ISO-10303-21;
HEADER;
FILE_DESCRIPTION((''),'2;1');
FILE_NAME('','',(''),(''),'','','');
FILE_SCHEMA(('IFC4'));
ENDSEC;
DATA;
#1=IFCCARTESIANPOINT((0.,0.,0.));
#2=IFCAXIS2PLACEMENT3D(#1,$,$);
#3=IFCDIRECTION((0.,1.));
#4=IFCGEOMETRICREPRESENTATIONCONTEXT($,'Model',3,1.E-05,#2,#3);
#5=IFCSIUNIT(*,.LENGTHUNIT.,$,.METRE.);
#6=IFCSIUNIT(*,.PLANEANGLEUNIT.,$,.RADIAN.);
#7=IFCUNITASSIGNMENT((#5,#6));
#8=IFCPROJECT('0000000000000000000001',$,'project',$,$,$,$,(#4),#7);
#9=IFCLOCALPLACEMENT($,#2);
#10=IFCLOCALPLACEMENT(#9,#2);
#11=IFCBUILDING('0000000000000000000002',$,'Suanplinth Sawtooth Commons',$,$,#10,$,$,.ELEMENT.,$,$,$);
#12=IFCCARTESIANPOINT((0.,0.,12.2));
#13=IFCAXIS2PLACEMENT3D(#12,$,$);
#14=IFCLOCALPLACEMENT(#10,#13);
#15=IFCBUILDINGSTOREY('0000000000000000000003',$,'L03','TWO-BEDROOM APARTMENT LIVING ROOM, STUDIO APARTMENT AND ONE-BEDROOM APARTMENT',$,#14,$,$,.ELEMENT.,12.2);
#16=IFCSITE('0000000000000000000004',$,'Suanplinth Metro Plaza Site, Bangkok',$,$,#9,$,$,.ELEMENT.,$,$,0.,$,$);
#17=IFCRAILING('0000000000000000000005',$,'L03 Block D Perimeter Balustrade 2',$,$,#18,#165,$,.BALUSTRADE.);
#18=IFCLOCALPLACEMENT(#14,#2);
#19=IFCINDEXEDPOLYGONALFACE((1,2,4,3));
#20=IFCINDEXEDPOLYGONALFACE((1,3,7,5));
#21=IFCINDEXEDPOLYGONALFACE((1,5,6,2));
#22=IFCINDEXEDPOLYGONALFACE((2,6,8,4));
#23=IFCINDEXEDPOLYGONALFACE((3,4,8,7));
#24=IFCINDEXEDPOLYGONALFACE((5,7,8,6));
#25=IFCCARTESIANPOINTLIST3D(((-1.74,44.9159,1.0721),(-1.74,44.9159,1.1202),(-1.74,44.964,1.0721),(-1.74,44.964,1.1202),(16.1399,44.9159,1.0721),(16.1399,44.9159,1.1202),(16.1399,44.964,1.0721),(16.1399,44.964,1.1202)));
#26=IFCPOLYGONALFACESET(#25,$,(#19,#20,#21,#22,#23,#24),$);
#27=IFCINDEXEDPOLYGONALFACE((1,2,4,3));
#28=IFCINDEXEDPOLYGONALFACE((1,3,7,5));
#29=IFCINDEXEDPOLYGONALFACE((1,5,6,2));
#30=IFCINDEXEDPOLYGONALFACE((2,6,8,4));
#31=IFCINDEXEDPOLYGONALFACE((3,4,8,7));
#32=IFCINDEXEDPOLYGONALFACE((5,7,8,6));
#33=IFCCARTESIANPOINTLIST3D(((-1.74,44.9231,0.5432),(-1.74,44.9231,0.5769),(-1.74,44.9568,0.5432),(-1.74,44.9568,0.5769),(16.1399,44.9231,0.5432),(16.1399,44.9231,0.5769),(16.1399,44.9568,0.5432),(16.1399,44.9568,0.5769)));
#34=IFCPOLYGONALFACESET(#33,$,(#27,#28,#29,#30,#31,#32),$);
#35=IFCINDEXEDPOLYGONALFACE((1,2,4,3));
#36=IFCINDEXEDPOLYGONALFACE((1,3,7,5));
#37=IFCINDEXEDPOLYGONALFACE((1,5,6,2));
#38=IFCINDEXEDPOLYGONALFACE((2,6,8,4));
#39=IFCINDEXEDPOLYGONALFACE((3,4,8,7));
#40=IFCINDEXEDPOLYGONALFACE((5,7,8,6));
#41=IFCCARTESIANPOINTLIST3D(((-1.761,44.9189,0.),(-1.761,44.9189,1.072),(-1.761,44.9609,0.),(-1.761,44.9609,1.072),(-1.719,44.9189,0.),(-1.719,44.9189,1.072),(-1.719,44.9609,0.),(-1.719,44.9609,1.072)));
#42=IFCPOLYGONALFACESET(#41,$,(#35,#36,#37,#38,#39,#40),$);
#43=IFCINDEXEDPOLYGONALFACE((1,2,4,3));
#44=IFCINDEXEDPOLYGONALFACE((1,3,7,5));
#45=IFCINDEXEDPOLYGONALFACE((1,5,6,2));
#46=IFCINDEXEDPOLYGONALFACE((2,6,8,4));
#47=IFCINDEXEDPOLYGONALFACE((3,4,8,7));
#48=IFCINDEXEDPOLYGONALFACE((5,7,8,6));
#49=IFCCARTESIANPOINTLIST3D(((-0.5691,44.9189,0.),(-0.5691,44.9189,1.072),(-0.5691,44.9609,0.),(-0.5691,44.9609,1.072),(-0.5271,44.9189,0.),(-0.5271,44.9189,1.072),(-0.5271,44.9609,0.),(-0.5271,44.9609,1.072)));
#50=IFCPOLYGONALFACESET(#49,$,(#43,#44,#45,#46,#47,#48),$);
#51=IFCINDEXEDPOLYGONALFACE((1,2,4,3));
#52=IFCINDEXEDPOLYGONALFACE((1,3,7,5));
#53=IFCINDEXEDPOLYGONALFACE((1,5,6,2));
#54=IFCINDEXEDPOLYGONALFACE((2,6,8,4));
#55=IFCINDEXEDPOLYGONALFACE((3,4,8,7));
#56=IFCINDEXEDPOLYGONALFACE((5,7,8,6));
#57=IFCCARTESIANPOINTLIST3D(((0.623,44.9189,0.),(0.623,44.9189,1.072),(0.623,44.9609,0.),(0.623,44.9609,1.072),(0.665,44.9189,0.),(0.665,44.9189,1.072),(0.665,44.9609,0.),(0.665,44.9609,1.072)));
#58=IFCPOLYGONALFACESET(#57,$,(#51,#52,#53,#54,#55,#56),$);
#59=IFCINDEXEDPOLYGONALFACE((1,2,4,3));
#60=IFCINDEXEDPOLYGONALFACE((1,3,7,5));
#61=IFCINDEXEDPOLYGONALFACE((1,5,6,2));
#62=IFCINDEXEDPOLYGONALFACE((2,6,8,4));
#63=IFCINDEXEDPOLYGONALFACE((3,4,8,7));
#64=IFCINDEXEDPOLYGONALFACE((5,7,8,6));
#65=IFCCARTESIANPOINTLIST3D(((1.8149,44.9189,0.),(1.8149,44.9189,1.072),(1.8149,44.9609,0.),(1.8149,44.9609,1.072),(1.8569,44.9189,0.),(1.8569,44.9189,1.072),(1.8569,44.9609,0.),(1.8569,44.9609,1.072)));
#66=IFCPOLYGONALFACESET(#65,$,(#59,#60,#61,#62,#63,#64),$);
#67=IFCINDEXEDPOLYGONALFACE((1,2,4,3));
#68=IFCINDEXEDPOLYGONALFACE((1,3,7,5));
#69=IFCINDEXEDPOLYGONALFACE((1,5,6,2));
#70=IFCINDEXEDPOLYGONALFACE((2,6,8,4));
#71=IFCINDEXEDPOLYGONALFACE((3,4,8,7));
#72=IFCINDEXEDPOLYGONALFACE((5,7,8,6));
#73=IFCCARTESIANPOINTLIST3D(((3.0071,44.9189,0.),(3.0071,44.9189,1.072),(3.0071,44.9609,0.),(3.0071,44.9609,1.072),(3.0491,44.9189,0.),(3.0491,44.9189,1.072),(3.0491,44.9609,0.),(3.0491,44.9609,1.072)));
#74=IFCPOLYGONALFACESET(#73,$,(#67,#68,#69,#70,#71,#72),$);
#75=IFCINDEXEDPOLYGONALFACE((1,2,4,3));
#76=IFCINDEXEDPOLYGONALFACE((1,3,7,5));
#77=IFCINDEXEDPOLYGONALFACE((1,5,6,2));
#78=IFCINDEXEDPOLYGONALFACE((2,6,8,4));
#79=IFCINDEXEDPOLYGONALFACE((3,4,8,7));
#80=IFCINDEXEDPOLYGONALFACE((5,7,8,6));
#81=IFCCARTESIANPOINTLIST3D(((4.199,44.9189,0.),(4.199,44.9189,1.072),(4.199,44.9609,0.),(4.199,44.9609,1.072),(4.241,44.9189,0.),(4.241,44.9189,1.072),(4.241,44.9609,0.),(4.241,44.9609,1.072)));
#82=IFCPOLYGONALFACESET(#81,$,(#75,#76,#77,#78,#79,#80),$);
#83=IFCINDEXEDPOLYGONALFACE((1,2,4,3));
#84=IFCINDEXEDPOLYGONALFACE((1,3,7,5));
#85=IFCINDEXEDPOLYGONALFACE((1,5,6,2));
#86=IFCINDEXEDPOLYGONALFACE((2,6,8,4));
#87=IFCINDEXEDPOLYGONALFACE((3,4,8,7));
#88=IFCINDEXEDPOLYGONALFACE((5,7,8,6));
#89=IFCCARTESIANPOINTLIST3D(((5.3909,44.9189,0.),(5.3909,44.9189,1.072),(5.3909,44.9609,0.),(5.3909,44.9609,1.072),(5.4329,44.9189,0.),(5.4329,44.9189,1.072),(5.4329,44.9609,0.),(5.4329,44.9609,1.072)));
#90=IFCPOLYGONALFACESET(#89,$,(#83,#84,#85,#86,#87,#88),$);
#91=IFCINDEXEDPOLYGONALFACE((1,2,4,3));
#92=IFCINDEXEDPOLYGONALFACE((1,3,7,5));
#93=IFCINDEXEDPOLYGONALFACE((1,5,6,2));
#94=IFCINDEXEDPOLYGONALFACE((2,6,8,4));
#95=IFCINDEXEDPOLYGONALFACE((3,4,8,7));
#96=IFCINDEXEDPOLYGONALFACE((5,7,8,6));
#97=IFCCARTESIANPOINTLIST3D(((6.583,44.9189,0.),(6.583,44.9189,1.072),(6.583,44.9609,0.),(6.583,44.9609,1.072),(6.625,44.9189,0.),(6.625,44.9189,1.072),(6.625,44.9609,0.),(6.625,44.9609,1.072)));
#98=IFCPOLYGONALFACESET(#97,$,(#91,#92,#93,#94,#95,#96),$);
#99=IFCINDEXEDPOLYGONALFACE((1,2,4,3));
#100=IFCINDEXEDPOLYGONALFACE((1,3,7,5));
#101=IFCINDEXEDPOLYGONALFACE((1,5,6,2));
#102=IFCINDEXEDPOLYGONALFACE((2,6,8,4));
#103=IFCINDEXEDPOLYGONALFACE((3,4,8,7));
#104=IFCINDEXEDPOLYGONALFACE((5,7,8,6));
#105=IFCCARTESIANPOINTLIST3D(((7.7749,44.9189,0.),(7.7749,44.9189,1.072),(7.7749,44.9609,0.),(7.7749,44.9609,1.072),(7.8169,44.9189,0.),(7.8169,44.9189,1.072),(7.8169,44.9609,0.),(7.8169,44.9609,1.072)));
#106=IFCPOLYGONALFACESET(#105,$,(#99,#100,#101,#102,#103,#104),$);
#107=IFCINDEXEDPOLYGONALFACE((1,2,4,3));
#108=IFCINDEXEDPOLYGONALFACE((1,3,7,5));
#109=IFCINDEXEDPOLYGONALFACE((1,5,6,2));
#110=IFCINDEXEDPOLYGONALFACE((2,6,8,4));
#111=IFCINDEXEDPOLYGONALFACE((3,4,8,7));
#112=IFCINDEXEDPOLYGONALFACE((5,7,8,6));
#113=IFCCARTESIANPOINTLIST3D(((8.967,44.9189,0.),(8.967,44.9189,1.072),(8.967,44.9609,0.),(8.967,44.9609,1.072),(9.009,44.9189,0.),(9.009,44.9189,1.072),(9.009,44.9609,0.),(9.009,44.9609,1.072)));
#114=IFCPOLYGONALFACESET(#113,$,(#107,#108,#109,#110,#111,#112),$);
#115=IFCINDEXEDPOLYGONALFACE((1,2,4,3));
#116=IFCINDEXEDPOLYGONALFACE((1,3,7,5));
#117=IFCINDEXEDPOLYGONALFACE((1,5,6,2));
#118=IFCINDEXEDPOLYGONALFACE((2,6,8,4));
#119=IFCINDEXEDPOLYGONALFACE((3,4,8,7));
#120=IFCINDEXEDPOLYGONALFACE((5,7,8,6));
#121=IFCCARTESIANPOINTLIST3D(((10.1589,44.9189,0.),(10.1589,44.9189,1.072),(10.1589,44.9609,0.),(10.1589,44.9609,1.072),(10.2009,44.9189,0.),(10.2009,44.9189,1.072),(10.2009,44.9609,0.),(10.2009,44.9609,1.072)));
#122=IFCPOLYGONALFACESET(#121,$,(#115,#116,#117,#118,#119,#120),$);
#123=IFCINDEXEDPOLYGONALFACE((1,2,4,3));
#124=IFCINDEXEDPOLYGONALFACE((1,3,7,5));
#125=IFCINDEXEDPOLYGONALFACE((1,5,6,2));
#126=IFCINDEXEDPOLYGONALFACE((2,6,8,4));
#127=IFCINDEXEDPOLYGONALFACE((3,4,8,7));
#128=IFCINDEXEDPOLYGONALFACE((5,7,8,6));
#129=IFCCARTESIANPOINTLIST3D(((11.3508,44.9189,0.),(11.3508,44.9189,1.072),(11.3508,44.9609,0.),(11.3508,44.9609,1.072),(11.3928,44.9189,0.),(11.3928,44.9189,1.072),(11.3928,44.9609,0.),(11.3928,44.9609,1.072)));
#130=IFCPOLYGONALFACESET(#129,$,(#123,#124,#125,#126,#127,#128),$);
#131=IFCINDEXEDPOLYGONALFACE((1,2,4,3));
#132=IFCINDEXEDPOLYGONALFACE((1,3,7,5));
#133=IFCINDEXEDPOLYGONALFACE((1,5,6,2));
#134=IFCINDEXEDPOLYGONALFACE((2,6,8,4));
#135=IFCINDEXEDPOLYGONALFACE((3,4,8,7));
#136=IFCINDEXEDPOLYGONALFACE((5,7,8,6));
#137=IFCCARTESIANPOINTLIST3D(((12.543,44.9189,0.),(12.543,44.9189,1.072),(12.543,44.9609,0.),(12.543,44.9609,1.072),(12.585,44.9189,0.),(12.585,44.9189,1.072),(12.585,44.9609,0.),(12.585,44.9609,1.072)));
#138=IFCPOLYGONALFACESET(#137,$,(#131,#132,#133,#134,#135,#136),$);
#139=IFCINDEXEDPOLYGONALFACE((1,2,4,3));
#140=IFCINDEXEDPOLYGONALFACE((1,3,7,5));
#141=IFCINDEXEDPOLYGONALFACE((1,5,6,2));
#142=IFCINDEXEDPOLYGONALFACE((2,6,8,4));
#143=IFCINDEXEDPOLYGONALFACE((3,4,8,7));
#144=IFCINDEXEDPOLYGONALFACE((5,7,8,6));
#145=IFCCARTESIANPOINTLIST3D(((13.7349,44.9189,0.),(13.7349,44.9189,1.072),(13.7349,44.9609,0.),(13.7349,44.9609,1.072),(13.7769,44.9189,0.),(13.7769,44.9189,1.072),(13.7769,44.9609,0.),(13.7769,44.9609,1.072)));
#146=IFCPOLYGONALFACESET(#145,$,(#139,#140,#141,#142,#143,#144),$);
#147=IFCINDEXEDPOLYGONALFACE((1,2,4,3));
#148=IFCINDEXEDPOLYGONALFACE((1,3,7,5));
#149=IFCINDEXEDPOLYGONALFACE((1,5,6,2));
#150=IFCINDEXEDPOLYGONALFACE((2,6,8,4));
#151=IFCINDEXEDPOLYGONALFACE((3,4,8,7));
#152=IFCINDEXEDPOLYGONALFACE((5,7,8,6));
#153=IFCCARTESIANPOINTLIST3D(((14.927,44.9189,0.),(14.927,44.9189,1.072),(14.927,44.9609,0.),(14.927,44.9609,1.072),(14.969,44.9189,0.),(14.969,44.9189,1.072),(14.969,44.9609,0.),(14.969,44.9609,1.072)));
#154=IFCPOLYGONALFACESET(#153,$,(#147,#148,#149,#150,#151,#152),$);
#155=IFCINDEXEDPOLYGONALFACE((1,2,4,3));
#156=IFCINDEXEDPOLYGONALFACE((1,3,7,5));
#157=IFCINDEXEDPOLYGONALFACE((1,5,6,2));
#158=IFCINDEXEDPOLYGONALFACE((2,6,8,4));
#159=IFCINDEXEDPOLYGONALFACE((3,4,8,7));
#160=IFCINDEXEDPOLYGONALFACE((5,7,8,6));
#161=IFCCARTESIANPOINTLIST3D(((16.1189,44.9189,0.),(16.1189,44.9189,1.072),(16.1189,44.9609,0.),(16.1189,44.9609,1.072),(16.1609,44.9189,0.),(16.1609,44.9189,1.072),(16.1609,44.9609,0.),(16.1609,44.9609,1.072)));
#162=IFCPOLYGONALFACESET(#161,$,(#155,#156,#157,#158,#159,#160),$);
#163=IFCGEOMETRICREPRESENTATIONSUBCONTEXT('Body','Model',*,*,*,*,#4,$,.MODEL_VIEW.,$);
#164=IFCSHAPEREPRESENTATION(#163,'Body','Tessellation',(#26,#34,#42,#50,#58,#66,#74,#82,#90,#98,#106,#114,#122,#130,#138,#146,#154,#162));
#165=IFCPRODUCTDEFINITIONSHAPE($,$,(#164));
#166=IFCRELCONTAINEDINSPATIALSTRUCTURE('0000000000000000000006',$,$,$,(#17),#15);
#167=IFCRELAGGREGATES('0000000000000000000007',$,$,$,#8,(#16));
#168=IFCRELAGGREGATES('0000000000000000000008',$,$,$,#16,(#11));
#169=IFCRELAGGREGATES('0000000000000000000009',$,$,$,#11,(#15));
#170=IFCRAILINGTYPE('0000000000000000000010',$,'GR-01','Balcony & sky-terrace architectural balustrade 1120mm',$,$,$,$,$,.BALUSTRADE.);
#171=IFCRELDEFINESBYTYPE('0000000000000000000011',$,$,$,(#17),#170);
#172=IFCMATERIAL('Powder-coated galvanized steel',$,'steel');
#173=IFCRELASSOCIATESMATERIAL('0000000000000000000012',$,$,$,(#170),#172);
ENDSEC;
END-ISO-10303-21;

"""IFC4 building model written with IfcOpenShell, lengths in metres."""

from ifc_helpers import new_model, si_unit, direction, frame, origin, origin_2d, place, context, subcontext, project, spatial, rectangle, extrude, material, type_object, element, save


model = new_model("IFC4")

# Units and contexts
model_context = context("Model", 3, precision=1e-05, world=origin(), true_north=direction((0.0, 1.0)))
body_context = subcontext(model_context, "Body", "Model", "MODEL_VIEW")
ifc_project = project(units=[si_unit("LENGTHUNIT", "METRE"), si_unit("PLANEANGLEUNIT", "RADIAN")], contexts=[model_context])

# Site, building, storey
site_placement = place(None, origin())
site = spatial("IfcSite", under=ifc_project, at=site_placement, Name="Suanplinth Metro Plaza Site, Bangkok", CompositionType="ELEMENT", RefElevation=0.0)
building_placement = place(site_placement, origin())
building = spatial("IfcBuilding", under=site, at=building_placement, Name="Suanplinth Sawtooth Commons", CompositionType="ELEMENT")
storey_placement = place(building_placement, frame((0.0, 0.0, 12.2)))
storey = spatial("IfcBuildingStorey", under=building, at=storey_placement, Name="L03", Description="TWO-BEDROOM APARTMENT LIVING ROOM, STUDIO APARTMENT AND ONE-BEDROOM APARTMENT", CompositionType="ELEMENT", Elevation=12.2)

# Railing
ifc_material_1 = material(Name="Powder-coated galvanized steel", Category="steel")
railing_type = type_object("IfcRailingType", Name="GR-01", Description="Balcony & sky-terrace architectural balustrade 1120mm", PredefinedType="BALUSTRADE", material=ifc_material_1)
railing_1_placement = place(storey_placement, frame((-1.74, 44.9399, 0.0)))
element("IfcRailing", 1, at=railing_1_placement, inside=storey, type_object=railing_type, Name="L03 Block D Perimeter Balustrade 2", PredefinedType="BALUSTRADE", context=body_context, shape_type="SweptSolid", body=[
    extrude(rectangle(XDim=0.0481, YDim=0.0481, at=origin_2d()), frame((0.0, 0.0, 1.0962), z_axis=(1.0, 0.0, 0.0), x_axis=(0.0, 1.0, 0.0)), (0.0, 0.0, 1.0), 17.8799),
    extrude(rectangle(XDim=0.0337, YDim=0.0337, at=origin_2d()), frame((0.0, 0.0, 0.5601), z_axis=(1.0, 0.0, 0.0), x_axis=(0.0, 1.0, 0.0)), (0.0, 0.0, 1.0), 17.8799),
    extrude(rectangle(XDim=0.042, YDim=0.042, at=origin_2d()), origin(), (0.0, 0.0, 1.0), 1.072),
    extrude(rectangle(XDim=0.042, YDim=0.042, at=origin_2d()), frame((1.1919, 0.0, 0.0)), (0.0, 0.0, 1.0), 1.072),
    extrude(rectangle(XDim=0.042, YDim=0.042, at=origin_2d()), frame((2.384, 0.0, 0.0)), (0.0, 0.0, 1.0), 1.072),
    extrude(rectangle(XDim=0.042, YDim=0.042, at=origin_2d()), frame((3.5759, 0.0, 0.0)), (0.0, 0.0, 1.0), 1.072),
    extrude(rectangle(XDim=0.042, YDim=0.042, at=origin_2d()), frame((4.7681, 0.0, 0.0)), (0.0, 0.0, 1.0), 1.072),
    extrude(rectangle(XDim=0.042, YDim=0.042, at=origin_2d()), frame((5.96, 0.0, 0.0)), (0.0, 0.0, 1.0), 1.072),
    extrude(rectangle(XDim=0.042, YDim=0.042, at=origin_2d()), frame((7.1519, 0.0, 0.0)), (0.0, 0.0, 1.0), 1.072),
    extrude(rectangle(XDim=0.042, YDim=0.042, at=origin_2d()), frame((8.344, 0.0, 0.0)), (0.0, 0.0, 1.0), 1.072),
    extrude(rectangle(XDim=0.042, YDim=0.042, at=origin_2d()), frame((9.5359, 0.0, 0.0)), (0.0, 0.0, 1.0), 1.072),
    extrude(rectangle(XDim=0.042, YDim=0.042, at=origin_2d()), frame((10.728, 0.0, 0.0)), (0.0, 0.0, 1.0), 1.072),
    extrude(rectangle(XDim=0.042, YDim=0.042, at=origin_2d()), frame((11.9199, 0.0, 0.0)), (0.0, 0.0, 1.0), 1.072),
    extrude(rectangle(XDim=0.042, YDim=0.042, at=origin_2d()), frame((13.1118, 0.0, 0.0)), (0.0, 0.0, 1.0), 1.072),
    extrude(rectangle(XDim=0.042, YDim=0.042, at=origin_2d()), frame((14.304, 0.0, 0.0)), (0.0, 0.0, 1.0), 1.072),
    extrude(rectangle(XDim=0.042, YDim=0.042, at=origin_2d()), frame((15.4958, 0.0, 0.0)), (0.0, 0.0, 1.0), 1.072),
    extrude(rectangle(XDim=0.042, YDim=0.042, at=origin_2d()), frame((16.688, 0.0, 0.0)), (0.0, 0.0, 1.0), 1.072),
    extrude(rectangle(XDim=0.042, YDim=0.042, at=origin_2d()), frame((17.8799, 0.0, 0.0)), (0.0, 0.0, 1.0), 1.072),
])

save(model, "model.ifc")
